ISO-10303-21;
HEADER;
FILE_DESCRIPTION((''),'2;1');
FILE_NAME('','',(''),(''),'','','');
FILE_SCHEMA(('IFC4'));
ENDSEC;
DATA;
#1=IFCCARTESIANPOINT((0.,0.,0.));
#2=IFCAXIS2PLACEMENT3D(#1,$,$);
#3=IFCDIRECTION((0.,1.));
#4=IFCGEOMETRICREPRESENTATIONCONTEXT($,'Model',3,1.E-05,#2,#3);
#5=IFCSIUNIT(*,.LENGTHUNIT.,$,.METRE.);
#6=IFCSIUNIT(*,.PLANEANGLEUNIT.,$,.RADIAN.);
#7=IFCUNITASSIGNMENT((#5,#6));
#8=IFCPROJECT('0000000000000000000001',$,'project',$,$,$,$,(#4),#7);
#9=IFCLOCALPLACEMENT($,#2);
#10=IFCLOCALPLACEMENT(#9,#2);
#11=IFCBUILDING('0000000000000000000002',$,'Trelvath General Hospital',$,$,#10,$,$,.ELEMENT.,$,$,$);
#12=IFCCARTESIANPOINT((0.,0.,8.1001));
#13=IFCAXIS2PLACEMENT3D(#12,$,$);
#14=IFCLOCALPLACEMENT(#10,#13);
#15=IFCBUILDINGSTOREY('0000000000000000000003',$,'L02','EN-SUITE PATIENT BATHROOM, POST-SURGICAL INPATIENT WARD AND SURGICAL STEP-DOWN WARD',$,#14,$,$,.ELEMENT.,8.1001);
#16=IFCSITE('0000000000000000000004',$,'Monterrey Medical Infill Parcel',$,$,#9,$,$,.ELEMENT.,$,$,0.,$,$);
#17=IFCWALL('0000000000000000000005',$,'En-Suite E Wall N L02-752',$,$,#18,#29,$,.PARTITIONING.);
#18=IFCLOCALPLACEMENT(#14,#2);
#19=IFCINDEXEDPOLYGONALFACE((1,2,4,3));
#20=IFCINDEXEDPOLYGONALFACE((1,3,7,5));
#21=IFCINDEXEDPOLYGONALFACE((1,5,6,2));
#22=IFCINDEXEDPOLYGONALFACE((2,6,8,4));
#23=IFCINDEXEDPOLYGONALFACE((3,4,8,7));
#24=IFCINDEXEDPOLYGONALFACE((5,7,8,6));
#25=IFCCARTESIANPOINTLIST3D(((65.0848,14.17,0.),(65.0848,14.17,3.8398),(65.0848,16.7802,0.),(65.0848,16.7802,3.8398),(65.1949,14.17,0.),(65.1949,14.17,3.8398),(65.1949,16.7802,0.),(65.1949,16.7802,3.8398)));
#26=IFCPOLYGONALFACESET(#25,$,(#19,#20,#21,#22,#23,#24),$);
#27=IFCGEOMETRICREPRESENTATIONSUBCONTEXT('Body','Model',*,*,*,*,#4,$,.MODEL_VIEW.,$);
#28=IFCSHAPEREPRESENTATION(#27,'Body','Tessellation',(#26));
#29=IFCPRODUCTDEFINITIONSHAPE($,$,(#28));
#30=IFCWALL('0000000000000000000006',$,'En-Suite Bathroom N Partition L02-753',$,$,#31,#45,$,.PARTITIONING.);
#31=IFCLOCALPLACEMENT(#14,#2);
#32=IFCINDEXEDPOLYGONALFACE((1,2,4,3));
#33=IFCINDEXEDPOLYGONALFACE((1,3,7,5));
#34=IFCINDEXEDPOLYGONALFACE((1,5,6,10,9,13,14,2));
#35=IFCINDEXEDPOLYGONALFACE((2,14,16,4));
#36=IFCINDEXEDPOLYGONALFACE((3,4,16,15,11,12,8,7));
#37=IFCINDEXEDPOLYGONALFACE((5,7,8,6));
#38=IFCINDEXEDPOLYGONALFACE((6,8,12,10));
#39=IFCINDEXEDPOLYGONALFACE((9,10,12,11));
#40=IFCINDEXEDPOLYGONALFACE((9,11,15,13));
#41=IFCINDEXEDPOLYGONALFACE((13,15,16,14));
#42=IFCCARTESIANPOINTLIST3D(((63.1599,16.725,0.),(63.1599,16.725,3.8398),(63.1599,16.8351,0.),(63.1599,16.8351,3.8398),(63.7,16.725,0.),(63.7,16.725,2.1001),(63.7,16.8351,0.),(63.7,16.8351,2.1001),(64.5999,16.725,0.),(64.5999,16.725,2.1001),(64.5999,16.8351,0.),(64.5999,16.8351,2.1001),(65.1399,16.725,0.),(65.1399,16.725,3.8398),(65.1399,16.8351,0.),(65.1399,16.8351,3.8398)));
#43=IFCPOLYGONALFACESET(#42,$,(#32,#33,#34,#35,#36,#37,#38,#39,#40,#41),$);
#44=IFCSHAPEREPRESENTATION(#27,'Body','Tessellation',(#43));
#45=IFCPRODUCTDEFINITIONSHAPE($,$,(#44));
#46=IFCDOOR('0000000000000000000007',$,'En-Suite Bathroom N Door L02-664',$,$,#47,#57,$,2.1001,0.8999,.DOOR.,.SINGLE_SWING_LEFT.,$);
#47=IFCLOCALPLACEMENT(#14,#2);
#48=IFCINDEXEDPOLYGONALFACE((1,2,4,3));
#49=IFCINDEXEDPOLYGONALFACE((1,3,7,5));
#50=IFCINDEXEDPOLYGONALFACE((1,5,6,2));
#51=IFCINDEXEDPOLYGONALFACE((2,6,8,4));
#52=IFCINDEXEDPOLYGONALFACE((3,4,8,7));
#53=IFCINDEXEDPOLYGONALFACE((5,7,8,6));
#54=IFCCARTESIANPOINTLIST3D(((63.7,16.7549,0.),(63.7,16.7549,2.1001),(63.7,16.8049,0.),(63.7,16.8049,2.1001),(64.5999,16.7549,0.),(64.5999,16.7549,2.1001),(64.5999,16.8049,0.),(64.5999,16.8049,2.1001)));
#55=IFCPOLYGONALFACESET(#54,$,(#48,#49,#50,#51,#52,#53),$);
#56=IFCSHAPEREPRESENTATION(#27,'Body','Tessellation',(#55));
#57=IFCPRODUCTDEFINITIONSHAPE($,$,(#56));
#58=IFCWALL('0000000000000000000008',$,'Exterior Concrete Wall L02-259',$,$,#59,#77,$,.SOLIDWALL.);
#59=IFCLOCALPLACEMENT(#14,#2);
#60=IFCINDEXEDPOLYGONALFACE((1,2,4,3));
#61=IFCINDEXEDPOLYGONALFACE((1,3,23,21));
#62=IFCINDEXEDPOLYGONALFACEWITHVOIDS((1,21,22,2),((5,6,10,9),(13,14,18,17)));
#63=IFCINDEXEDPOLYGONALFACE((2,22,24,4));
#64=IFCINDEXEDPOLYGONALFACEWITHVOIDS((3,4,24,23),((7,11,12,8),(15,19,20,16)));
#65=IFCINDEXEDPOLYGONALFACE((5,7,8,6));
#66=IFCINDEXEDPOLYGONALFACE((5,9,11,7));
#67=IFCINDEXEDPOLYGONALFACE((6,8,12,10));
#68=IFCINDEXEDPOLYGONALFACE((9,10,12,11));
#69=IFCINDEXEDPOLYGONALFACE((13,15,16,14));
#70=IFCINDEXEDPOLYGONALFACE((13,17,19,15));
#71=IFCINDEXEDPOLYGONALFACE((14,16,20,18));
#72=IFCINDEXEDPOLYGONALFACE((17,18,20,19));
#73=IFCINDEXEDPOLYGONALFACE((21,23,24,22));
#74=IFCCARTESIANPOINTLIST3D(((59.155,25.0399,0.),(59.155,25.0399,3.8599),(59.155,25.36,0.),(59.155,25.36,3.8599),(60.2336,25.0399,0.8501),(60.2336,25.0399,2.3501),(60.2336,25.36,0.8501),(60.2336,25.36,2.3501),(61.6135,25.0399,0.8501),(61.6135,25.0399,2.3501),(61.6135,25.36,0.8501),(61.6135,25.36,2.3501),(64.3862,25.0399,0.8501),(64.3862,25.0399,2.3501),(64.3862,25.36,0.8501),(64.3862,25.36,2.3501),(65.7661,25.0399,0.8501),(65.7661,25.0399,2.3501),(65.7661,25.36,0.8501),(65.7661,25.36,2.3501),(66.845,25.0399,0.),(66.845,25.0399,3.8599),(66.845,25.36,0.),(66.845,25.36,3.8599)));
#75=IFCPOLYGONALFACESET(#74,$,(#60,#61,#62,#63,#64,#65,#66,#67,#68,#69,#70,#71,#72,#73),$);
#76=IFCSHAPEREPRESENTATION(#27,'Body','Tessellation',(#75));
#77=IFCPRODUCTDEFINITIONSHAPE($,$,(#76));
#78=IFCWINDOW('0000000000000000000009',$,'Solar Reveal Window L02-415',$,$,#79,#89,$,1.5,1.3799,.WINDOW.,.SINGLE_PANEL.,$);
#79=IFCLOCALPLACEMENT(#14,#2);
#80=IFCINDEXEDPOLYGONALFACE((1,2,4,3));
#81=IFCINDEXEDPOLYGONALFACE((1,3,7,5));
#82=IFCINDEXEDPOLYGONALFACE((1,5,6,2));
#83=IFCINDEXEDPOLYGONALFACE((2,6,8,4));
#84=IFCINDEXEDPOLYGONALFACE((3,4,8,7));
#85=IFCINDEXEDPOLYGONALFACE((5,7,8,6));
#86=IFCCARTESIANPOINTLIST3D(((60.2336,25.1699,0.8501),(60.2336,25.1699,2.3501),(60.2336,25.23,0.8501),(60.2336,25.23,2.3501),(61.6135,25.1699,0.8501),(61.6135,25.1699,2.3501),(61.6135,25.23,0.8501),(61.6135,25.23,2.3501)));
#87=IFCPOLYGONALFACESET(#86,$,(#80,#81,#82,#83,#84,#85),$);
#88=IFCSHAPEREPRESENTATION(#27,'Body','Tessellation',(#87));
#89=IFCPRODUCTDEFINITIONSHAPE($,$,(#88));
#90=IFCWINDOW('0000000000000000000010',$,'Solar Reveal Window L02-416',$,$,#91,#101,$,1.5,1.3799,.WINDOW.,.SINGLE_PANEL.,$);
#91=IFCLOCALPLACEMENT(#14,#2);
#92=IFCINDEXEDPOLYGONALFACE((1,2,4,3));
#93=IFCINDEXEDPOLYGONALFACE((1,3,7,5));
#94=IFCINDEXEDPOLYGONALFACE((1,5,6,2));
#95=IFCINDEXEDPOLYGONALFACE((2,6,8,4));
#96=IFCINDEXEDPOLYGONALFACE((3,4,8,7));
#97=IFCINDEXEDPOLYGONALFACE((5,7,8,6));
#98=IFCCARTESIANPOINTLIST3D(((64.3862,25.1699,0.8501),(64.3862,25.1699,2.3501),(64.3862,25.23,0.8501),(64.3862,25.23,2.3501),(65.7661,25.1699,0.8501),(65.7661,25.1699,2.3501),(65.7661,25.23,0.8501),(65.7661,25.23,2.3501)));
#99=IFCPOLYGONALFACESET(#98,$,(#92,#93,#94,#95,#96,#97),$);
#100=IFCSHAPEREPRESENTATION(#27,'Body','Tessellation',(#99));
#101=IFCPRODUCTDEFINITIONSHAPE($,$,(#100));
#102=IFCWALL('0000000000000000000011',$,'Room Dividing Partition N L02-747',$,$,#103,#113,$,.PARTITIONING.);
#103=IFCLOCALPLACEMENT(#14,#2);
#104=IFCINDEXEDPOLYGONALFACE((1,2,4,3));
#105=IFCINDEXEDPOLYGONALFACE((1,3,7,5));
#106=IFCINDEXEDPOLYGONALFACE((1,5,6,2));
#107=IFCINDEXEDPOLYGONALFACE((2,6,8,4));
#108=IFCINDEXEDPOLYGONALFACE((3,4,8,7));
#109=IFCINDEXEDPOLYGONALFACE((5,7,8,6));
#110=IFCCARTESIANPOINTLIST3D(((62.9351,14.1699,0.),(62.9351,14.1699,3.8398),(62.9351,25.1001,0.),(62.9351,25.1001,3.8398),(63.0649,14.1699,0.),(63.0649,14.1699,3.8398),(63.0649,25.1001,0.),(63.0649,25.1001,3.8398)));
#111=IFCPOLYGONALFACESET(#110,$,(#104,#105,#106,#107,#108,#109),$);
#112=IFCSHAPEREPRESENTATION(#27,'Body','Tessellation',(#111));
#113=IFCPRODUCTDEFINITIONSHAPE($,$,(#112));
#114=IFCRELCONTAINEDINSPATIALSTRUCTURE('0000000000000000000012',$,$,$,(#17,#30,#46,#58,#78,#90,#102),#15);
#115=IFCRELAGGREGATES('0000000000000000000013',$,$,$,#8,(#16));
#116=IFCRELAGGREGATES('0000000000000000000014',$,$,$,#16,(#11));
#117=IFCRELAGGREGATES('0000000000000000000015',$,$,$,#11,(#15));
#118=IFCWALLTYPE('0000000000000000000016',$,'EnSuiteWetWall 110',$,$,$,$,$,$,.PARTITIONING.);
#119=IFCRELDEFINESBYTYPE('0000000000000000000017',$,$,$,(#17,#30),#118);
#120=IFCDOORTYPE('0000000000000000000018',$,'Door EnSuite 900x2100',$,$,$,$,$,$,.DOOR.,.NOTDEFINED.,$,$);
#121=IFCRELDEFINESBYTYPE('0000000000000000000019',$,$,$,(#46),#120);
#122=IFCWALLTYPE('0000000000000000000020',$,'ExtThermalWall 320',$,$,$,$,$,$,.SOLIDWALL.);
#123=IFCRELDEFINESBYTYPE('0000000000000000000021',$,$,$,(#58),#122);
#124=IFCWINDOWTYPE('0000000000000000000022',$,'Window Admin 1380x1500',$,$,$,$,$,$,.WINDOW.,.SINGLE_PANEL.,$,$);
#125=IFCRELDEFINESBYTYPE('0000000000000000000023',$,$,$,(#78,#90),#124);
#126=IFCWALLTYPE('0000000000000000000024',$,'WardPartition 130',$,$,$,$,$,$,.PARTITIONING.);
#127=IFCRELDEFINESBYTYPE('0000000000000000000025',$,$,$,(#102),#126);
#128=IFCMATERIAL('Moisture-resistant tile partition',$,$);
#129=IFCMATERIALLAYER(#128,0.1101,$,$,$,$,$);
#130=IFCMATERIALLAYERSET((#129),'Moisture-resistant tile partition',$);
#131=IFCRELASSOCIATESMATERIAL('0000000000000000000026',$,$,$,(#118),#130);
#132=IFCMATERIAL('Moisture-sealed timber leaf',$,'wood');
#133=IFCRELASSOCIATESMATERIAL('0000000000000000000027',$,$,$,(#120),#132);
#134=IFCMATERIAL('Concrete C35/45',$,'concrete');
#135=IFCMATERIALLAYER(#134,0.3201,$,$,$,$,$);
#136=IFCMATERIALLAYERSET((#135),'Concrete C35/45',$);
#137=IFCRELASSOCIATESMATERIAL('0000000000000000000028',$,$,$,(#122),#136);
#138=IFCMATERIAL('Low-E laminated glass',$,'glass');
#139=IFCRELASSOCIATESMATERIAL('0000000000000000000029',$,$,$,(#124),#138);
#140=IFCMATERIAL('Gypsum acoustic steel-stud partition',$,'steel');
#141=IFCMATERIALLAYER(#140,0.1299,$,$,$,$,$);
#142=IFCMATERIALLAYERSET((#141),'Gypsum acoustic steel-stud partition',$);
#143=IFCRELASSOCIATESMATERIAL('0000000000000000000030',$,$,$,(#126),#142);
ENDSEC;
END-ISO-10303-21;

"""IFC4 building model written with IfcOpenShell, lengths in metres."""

from ifc_helpers import new_model, si_unit, direction, frame, frame_2d, origin, place, context, subcontext, project, spatial, rectangle, extrude, material, layer, layer_set, type_object, element, fill, save


model = new_model("IFC4")

# Units and contexts
model_context = context("Model", 3, precision=1e-05, world=origin(), true_north=direction((0.0, 1.0)))
body_context = subcontext(model_context, "Body", "Model", "MODEL_VIEW")
ifc_project = project(units=[si_unit("LENGTHUNIT", "METRE"), si_unit("PLANEANGLEUNIT", "RADIAN")], contexts=[model_context])

# Site, building, storey
site_placement = place(None, origin())
site = spatial("IfcSite", under=ifc_project, at=site_placement, Name="Monterrey Medical Infill Parcel", CompositionType="ELEMENT", RefElevation=0.0)
building_placement = place(site_placement, origin())
building = spatial("IfcBuilding", under=site, at=building_placement, Name="Trelvath General Hospital", CompositionType="ELEMENT")
storey_placement = place(building_placement, frame((0.0, 0.0, 8.1001)))
storey = spatial("IfcBuildingStorey", under=building, at=storey_placement, Name="L02", Description="EN-SUITE PATIENT BATHROOM, POST-SURGICAL INPATIENT WARD AND SURGICAL STEP-DOWN WARD", CompositionType="ELEMENT", Elevation=8.1001)

# Shared definitions
ifc_material_1 = material(Name="Moisture-resistant tile partition")
ifc_layer_1 = layer(ifc_material_1, 0.1101)
ifc_layer_set_1 = layer_set([ifc_layer_1], Name="Moisture-resistant tile partition")
wall_type_1 = type_object("IfcWallType", Name="EnSuiteWetWall 110", PredefinedType="PARTITIONING", material=ifc_layer_set_1)
ifc_material_2 = material(Name="Moisture-sealed timber leaf", Category="wood")
door_type = type_object("IfcDoorType", Name="Door EnSuite 900x2100", OperationType="NOTDEFINED", PredefinedType="DOOR", material=ifc_material_2)

# Wall
for number, where, z_axis, x_axis, name in (
    (1, (65.1399, 14.1699, 0.0), (0.0, 0.0, 1.0), (0.0, 1.0, 0.0), "En-Suite E Wall N L02-752"),
):
    element("IfcWall", number, at=place(storey_placement, frame(where, z_axis=z_axis, x_axis=x_axis)), inside=storey, type_object=wall_type_1, Name=name, PredefinedType="PARTITIONING", context=body_context, shape_type="SweptSolid", body=[
        extrude(rectangle(XDim=2.6101, YDim=0.1101, at=frame_2d((1.3052, 0.0))), origin(), (0.0, 0.0, 1.0), 3.8398),
    ])

# Wall, opening, door
wall_1_placement = place(storey_placement, frame((63.1599, 16.78, 0.0), z_axis=(0.0, 0.0, 1.0), x_axis=(1.0, 0.0, 0.0)))
wall_1 = element("IfcWall", 2, at=wall_1_placement, inside=storey, type_object=wall_type_1, Name="En-Suite Bathroom N Partition L02-753", PredefinedType="PARTITIONING", context=body_context, shape_type="SweptSolid", body=[
    extrude(rectangle(XDim=1.98, YDim=0.1101, at=frame_2d((0.99, 0.0))), origin(), (0.0, 0.0, 1.0), 3.8398),
])
opening_1_placement = place(wall_1_placement, frame((0.54, 0.0, 0.0)))
opening_1 = element("IfcOpeningElement", 3, at=opening_1_placement, cuts=wall_1, PredefinedType="OPENING", context=body_context, shape_type="SweptSolid", body=[
    extrude(rectangle(XDim=0.8999, YDim=2.1001, at=frame_2d((0.45, 1.05))), frame((0.0, 0.0649, 0.0), z_axis=(0.0, -1.0, 0.0), x_axis=(1.0, 0.0, 0.0)), (0.0, 0.0, 1.0), 0.1301),
])
door_1_placement = place(opening_1_placement, origin())
door_1 = element("IfcDoor", 4, at=door_1_placement, inside=storey, type_object=door_type, Name="En-Suite Bathroom N Door L02-664", OperationType="SINGLE_SWING_LEFT", OverallHeight=2.1001, OverallWidth=0.8999, PredefinedType="DOOR", context=body_context, shape_type="SweptSolid", body=[
    extrude(rectangle(XDim=0.8999, YDim=2.1001, at=frame_2d((0.45, 1.05))), frame((0.0, 0.0249, 0.0), z_axis=(0.0, -1.0, 0.0), x_axis=(1.0, 0.0, 0.0)), (0.0, 0.0, 1.0), 0.05),
])
fill(opening_1, door_1)

# Wall, openings, windows
ifc_material_3 = material(Name="Concrete C35/45", Category="concrete")
ifc_layer_2 = layer(ifc_material_3, 0.3201)
ifc_layer_set_2 = layer_set([ifc_layer_2], Name="Concrete C35/45")
wall_type_2 = type_object("IfcWallType", Name="ExtThermalWall 320", PredefinedType="SOLIDWALL", material=ifc_layer_set_2)
wall_2_placement = place(storey_placement, frame((59.155, 25.2, 0.0), z_axis=(0.0, 0.0, 1.0), x_axis=(1.0, 0.0, 0.0)))
wall_2 = element("IfcWall", 5, at=wall_2_placement, inside=storey, type_object=wall_type_2, Name="Exterior Concrete Wall L02-259", PredefinedType="SOLIDWALL", context=body_context, shape_type="SweptSolid", body=[
    extrude(rectangle(XDim=7.6899, YDim=0.3201, at=frame_2d((3.845, 0.0))), origin(), (0.0, 0.0, 1.0), 3.8599),
])
opening_2_placement = place(wall_2_placement, frame((1.0786, 0.0, 0.8501)))
opening_2 = element("IfcOpeningElement", 6, at=opening_2_placement, cuts=wall_2, PredefinedType="OPENING", context=body_context, shape_type="SweptSolid", body=[
    extrude(rectangle(XDim=1.3799, YDim=1.5, at=frame_2d((0.6899, 0.75))), frame((0.0, 0.1699, 0.0), z_axis=(0.0, -1.0, 0.0), x_axis=(1.0, 0.0, 0.0)), (0.0, 0.0, 1.0), 0.3401),
])
opening_3_placement = place(wall_2_placement, frame((5.2312, 0.0, 0.8501)))
opening_3 = element("IfcOpeningElement", 7, at=opening_3_placement, cuts=wall_2, PredefinedType="OPENING", context=body_context, shape_type="SweptSolid", body=[
    extrude(rectangle(XDim=1.3799, YDim=1.5, at=frame_2d((0.6899, 0.75))), frame((0.0, 0.1699, 0.0), z_axis=(0.0, -1.0, 0.0), x_axis=(1.0, 0.0, 0.0)), (0.0, 0.0, 1.0), 0.3401),
])
ifc_material_4 = material(Name="Low-E laminated glass", Category="glass")
window_type = type_object("IfcWindowType", Name="Window Admin 1380x1500", PartitioningType="SINGLE_PANEL", PredefinedType="WINDOW", material=ifc_material_4)
window_1_placement = place(opening_2_placement, origin())
window_1 = element("IfcWindow", 8, at=window_1_placement, inside=storey, type_object=window_type, Name="Solar Reveal Window L02-415", OverallHeight=1.5, OverallWidth=1.3799, PartitioningType="SINGLE_PANEL", PredefinedType="WINDOW", context=body_context, shape_type="SweptSolid", body=[
    extrude(rectangle(XDim=1.3799, YDim=1.5, at=frame_2d((0.6899, 0.75))), frame((0.0, 0.03, 0.0), z_axis=(0.0, -1.0, 0.0), x_axis=(1.0, 0.0, 0.0)), (0.0, 0.0, 1.0), 0.0601),
])
fill(opening_2, window_1)
window_2_placement = place(opening_3_placement, origin())
window_2 = element("IfcWindow", 9, at=window_2_placement, inside=storey, type_object=window_type, Name="Solar Reveal Window L02-416", OverallHeight=1.5, OverallWidth=1.3799, PartitioningType="SINGLE_PANEL", PredefinedType="WINDOW", context=body_context, shape_type="SweptSolid", body=[
    extrude(rectangle(XDim=1.3799, YDim=1.5, at=frame_2d((0.6899, 0.75))), frame((0.0, 0.03, 0.0), z_axis=(0.0, -1.0, 0.0), x_axis=(1.0, 0.0, 0.0)), (0.0, 0.0, 1.0), 0.0601),
])
fill(opening_3, window_2)

# Wall
ifc_material_5 = material(Name="Gypsum acoustic steel-stud partition", Category="steel")
ifc_layer_3 = layer(ifc_material_5, 0.1299)
ifc_layer_set_3 = layer_set([ifc_layer_3], Name="Gypsum acoustic steel-stud partition")
wall_type_3 = type_object("IfcWallType", Name="WardPartition 130", PredefinedType="PARTITIONING", material=ifc_layer_set_3)
wall_3_placement = place(storey_placement, frame((63.0, 14.1699, 0.0), z_axis=(0.0, 0.0, 1.0), x_axis=(0.0, 1.0, 0.0)))
element("IfcWall", 10, at=wall_3_placement, inside=storey, type_object=wall_type_3, Name="Room Dividing Partition N L02-747", PredefinedType="PARTITIONING", context=body_context, shape_type="SweptSolid", body=[
    extrude(rectangle(XDim=10.9302, YDim=0.1299, at=frame_2d((5.4651, 0.0))), origin(), (0.0, 0.0, 1.0), 3.8398),
])

save(model, "model.ifc")
